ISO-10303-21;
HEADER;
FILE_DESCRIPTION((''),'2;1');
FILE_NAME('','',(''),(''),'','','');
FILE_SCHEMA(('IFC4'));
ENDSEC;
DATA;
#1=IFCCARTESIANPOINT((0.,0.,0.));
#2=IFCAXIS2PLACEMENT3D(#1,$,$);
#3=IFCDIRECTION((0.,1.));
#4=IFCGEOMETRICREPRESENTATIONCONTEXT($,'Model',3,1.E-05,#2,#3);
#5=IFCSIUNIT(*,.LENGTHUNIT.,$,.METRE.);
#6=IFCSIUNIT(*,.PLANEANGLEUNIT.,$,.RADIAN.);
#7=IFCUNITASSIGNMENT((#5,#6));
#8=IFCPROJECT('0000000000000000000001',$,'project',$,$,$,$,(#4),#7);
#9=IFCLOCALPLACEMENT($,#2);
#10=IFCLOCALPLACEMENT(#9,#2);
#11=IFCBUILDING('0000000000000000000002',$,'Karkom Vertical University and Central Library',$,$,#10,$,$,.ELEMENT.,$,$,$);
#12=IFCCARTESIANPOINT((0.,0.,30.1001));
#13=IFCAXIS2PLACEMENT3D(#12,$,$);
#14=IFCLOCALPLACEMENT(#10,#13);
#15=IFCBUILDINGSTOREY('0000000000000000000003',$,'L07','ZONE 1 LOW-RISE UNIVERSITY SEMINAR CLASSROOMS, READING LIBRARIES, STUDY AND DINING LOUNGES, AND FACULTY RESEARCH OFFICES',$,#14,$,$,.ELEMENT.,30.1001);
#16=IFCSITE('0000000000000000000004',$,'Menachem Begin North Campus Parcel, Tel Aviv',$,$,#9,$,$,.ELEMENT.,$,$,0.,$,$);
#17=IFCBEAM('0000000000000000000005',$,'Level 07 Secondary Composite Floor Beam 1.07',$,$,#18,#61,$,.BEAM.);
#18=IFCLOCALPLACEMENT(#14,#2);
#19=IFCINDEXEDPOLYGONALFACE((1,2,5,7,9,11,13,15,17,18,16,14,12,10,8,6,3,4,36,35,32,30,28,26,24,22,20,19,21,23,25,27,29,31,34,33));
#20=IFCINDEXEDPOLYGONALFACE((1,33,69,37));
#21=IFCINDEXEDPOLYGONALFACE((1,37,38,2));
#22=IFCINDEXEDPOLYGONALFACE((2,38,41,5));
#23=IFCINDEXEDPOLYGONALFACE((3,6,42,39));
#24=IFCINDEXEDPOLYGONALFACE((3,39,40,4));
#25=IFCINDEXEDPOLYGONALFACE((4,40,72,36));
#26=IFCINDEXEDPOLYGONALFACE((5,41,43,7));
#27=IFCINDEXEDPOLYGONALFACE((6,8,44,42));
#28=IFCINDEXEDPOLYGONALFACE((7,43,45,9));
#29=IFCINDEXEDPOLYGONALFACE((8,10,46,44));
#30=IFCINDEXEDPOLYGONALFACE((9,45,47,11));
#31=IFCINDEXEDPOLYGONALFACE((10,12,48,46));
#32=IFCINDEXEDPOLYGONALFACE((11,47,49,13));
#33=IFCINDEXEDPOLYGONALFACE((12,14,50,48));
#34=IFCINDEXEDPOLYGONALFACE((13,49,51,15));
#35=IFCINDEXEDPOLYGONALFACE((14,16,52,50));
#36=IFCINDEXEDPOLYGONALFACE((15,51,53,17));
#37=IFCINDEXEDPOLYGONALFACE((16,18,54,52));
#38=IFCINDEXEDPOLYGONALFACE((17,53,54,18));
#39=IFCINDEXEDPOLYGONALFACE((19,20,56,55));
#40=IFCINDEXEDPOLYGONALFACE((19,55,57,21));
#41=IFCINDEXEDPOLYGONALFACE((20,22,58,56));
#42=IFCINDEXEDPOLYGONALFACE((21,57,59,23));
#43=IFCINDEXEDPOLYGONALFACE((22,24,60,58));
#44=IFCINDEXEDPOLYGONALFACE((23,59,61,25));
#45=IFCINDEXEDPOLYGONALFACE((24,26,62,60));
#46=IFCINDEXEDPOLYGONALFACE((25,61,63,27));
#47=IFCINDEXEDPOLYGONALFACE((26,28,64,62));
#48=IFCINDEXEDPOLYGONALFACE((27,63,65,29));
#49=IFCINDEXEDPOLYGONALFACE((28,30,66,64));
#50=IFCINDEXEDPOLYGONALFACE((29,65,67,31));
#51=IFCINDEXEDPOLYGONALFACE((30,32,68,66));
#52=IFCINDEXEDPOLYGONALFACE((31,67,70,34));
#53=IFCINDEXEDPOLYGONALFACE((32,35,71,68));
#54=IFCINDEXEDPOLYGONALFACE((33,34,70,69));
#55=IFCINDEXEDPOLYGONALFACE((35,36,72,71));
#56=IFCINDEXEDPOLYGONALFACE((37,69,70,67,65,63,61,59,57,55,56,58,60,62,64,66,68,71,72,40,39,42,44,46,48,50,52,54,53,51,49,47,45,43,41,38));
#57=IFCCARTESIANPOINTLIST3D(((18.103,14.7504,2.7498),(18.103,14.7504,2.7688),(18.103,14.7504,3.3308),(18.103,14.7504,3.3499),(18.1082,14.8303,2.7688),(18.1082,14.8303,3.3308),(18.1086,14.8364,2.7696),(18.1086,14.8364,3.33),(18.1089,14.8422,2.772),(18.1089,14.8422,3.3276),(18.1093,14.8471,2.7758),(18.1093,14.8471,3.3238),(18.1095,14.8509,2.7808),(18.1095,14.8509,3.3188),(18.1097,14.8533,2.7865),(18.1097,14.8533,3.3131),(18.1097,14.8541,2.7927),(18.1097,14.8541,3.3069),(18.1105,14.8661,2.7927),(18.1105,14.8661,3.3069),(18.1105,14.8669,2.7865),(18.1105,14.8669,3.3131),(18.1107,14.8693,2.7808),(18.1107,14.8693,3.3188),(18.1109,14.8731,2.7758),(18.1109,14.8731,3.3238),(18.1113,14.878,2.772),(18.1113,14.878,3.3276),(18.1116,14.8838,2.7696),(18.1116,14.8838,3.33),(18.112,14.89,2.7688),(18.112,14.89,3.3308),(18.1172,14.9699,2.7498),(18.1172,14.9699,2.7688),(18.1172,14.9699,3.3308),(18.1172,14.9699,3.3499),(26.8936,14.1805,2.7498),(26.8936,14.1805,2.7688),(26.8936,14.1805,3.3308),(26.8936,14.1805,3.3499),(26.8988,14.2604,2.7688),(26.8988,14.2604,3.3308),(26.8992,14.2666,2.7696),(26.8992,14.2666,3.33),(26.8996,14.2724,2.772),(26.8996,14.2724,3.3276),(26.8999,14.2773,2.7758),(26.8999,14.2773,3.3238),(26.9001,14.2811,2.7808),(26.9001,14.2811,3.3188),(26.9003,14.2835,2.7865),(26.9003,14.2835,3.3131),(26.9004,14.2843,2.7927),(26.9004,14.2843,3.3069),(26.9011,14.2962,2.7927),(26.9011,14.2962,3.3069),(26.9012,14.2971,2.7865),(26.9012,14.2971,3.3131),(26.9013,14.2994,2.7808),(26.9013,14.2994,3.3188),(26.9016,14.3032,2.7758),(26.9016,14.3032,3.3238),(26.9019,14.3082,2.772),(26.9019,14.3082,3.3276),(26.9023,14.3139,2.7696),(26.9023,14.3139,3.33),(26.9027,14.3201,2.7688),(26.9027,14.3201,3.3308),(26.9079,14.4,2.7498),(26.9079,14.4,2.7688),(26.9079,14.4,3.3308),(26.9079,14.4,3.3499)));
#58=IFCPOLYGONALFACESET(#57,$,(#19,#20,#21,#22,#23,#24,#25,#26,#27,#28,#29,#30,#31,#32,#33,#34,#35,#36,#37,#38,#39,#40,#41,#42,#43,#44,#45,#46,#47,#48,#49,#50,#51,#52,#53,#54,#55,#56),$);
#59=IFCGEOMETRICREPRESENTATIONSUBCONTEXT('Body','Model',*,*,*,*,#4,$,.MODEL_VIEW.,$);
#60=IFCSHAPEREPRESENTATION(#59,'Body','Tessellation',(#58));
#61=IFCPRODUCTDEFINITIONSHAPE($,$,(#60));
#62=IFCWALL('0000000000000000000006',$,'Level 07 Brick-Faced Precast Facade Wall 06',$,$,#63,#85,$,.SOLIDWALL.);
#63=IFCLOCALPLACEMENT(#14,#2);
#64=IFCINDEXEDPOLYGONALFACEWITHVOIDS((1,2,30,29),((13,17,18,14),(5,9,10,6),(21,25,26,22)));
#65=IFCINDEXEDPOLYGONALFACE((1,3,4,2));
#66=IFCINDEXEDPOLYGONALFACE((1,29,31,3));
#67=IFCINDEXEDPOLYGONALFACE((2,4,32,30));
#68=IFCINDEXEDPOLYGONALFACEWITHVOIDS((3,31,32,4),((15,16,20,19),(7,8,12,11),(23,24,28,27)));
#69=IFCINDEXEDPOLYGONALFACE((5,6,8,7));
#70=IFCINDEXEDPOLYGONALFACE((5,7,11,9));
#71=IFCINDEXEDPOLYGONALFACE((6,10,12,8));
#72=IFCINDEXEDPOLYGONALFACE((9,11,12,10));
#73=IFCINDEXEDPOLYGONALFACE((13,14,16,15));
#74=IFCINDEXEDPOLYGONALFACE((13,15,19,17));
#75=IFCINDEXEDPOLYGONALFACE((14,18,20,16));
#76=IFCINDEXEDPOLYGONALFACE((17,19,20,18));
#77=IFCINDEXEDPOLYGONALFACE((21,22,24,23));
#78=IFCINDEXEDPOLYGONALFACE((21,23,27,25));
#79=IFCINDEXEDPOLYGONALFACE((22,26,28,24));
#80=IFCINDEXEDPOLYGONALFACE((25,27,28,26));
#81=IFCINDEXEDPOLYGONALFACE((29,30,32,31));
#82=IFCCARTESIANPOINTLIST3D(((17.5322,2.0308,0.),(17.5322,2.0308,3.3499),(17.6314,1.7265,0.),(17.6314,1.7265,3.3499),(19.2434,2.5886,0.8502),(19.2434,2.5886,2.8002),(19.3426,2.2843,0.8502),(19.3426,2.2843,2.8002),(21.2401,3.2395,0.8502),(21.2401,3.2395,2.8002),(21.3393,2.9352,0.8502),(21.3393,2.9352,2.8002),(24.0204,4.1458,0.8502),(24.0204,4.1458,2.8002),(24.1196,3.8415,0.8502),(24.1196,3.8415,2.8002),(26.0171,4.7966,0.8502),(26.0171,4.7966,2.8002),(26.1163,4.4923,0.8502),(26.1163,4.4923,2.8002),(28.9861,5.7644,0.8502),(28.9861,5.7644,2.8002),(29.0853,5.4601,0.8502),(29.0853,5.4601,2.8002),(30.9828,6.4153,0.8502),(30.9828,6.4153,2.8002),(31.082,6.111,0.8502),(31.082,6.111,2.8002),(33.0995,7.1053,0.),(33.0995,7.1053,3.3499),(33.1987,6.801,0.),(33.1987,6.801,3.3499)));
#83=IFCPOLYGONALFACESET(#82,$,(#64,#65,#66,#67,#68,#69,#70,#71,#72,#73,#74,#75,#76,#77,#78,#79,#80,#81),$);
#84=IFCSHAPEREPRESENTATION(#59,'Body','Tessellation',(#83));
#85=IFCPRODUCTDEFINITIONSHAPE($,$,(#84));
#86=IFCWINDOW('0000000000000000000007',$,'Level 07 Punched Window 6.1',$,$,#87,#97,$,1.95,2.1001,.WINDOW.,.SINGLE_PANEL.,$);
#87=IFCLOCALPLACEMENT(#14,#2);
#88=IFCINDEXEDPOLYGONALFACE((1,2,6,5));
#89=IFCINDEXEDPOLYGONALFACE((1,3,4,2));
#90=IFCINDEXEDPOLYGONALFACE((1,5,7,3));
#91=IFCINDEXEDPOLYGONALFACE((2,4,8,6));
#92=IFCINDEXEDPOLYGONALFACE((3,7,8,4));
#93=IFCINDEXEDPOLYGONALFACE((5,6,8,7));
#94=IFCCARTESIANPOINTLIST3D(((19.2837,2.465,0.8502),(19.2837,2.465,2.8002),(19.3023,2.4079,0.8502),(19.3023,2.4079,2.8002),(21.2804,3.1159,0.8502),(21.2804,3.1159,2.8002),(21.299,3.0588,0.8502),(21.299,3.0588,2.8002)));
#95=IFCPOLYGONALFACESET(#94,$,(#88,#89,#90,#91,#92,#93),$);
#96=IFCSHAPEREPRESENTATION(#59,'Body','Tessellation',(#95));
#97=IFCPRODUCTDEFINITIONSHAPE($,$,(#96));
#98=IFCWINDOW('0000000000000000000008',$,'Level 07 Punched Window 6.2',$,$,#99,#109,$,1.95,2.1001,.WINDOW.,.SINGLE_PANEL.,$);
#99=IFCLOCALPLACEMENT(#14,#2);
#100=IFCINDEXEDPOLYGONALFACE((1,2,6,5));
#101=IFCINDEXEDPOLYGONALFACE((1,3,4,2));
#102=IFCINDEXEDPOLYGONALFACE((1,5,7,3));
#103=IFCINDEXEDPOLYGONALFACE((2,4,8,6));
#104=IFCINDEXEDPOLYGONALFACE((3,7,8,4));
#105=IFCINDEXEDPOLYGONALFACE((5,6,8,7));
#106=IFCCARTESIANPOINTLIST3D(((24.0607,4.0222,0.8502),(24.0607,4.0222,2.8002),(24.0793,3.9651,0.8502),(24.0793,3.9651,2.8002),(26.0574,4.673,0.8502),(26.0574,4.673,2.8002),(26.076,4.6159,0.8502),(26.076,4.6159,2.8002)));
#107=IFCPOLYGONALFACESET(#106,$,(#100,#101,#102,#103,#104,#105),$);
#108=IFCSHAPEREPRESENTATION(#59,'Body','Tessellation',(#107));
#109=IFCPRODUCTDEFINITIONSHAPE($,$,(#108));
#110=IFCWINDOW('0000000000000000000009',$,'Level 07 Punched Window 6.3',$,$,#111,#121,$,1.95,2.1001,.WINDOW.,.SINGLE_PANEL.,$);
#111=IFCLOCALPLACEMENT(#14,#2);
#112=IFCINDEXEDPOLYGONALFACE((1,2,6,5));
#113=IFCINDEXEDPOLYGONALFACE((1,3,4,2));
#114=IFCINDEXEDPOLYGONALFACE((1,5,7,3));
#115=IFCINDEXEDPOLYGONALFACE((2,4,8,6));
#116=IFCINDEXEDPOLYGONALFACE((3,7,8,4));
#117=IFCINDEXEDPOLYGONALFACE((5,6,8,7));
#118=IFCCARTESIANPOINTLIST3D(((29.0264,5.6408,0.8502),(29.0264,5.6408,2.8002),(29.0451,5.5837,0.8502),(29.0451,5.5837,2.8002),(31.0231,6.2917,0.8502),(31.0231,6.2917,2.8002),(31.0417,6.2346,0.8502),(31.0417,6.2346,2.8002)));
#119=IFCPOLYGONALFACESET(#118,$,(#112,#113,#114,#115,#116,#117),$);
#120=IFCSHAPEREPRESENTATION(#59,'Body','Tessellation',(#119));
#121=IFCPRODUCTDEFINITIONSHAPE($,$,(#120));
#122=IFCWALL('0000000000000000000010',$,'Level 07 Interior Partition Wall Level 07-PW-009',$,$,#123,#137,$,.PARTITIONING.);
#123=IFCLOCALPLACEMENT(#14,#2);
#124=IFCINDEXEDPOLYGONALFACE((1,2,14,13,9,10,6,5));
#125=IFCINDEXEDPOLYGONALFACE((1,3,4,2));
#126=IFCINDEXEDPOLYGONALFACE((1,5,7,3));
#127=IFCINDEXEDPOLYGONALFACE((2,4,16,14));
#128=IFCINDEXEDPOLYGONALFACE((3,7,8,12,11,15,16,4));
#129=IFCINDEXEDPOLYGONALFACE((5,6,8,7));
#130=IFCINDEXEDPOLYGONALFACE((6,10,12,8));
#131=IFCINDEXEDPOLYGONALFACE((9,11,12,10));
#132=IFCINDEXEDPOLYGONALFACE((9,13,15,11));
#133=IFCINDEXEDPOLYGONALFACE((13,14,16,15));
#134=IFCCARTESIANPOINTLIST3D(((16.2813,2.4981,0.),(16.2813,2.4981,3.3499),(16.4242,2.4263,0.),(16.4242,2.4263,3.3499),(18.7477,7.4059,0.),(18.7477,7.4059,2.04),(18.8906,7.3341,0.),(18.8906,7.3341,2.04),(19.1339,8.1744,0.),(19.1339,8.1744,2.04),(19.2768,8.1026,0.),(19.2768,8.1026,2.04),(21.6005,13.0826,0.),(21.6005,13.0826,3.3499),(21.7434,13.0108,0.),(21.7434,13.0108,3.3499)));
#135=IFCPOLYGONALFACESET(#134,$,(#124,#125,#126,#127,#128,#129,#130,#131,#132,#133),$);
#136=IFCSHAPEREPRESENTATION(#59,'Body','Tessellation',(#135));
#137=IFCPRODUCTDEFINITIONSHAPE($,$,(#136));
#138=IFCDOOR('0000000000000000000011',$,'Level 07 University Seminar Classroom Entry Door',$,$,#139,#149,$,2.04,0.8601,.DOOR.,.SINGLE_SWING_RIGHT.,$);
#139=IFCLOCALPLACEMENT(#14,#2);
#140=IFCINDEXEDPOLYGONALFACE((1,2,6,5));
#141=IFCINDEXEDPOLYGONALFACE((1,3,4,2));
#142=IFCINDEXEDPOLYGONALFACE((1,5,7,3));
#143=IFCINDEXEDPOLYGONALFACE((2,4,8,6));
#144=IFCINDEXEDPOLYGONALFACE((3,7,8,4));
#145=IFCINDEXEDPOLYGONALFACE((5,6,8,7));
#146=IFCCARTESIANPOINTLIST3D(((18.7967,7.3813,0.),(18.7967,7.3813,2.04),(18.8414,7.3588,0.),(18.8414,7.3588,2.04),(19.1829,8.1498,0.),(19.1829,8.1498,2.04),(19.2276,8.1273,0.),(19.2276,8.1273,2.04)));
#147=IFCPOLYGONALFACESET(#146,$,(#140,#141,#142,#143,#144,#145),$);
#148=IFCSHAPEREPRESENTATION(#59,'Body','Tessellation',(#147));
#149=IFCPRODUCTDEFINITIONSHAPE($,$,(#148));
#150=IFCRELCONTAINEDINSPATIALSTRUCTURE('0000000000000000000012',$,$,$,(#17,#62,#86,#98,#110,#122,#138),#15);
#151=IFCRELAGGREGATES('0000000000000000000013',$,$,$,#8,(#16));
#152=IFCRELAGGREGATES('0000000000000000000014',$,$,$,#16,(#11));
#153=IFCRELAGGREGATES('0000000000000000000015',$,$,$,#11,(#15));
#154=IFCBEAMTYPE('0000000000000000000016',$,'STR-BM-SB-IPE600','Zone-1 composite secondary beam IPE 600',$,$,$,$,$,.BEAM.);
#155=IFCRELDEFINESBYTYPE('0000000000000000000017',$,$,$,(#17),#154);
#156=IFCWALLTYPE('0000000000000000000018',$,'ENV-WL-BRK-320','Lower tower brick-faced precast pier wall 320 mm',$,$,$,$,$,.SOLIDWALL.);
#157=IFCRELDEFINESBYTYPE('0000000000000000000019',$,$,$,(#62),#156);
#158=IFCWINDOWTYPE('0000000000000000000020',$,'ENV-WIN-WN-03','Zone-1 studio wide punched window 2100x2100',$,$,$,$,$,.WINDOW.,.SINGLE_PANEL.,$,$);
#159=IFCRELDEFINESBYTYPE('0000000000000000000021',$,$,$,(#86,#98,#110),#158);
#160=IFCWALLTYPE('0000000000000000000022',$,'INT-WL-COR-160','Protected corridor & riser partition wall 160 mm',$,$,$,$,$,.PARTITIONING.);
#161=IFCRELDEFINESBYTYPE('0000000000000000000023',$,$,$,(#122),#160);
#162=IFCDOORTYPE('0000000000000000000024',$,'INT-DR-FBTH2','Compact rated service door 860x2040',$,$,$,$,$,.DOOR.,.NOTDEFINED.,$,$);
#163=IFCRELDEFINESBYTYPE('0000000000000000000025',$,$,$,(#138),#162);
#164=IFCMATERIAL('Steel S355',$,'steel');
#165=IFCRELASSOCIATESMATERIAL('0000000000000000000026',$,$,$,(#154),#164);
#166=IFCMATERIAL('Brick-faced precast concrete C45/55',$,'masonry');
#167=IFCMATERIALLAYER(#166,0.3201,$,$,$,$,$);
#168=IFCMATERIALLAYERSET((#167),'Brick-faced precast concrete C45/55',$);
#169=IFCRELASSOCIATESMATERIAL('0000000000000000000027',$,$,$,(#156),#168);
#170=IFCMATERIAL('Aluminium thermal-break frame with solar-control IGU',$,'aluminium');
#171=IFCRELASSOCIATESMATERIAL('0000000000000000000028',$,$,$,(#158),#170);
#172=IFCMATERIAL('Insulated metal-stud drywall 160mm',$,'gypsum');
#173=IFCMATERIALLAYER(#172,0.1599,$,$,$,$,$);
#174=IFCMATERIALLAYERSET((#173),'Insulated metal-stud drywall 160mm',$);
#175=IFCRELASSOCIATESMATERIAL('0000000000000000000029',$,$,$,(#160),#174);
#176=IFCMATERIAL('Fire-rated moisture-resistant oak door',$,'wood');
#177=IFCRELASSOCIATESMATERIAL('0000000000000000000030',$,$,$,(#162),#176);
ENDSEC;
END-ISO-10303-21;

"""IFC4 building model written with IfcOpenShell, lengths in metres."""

from ifc_helpers import new_model, si_unit, direction, frame, frame_2d, origin, origin_with_axes, origin_2d, place, context, subcontext, project, spatial, rectangle, i_section, extrude, source, transform, mapped, material, layer, layer_set, material_profile, profile_set, type_object, element, fill, save


model = new_model("IFC4")

# Units and contexts
model_context = context("Model", 3, precision=1e-05, world=origin(), true_north=direction((0.0, 1.0)))
body_context = subcontext(model_context, "Body", "Model", "MODEL_VIEW")
ifc_project = project(units=[si_unit("LENGTHUNIT", "METRE"), si_unit("PLANEANGLEUNIT", "RADIAN")], contexts=[model_context])

# Site, building, storey
site_placement = place(None, origin())
site = spatial("IfcSite", under=ifc_project, at=site_placement, Name="Menachem Begin North Campus Parcel, Tel Aviv", CompositionType="ELEMENT", RefElevation=0.0)
building_placement = place(site_placement, origin())
building = spatial("IfcBuilding", under=site, at=building_placement, Name="Karkom Vertical University and Central Library", CompositionType="ELEMENT")
storey_placement = place(building_placement, frame((0.0, 0.0, 30.1001)))
storey = spatial("IfcBuildingStorey", under=building, at=storey_placement, Name="L07", Description="ZONE 1 LOW-RISE UNIVERSITY SEMINAR CLASSROOMS, READING LIBRARIES, STUDY AND DINING LOUNGES, AND FACULTY RESEARCH OFFICES", CompositionType="ELEMENT", Elevation=30.1001)

# Beam
ifc_material_1 = material(Name="Steel S355", Category="steel")
ifc_material_profile_1 = material_profile(ifc_material_1, i_section(OverallWidth=0.22, OverallDepth=0.6001, WebThickness=0.012, FlangeThickness=0.019, FilletRadius=0.0239, at=origin_2d()), Name="IPE 600")
ifc_profile_set_1 = profile_set([ifc_material_profile_1], Name="Steel S355")
beam_type_1 = type_object("IfcBeamType", Name="STR-BM-SB-IPE600", Description="Zone-1 composite secondary beam IPE 600", PredefinedType="BEAM", material=ifc_profile_set_1)
shared_shape_1 = source(origin_with_axes(), body_context, "Body", "SweptSolid", [
    extrude(i_section(OverallWidth=0.22, OverallDepth=0.6001, WebThickness=0.012, FlangeThickness=0.019, FilletRadius=0.0239, at=origin_2d()), origin(), (0.0, 0.0, 1.0), 8.8091),
])
beam_1_placement = place(storey_placement, frame((18.1101, 14.8601, 3.0498), z_axis=(0.997906, -0.064687, 0.0), x_axis=(0.064687, 0.997906, 0.0)))
element("IfcBeam", 1, at=beam_1_placement, inside=storey, type_object=beam_type_1, Name="Level 07 Secondary Composite Floor Beam 1.07", PredefinedType="BEAM", context=body_context, shape_type="MappedRepresentation", body=[
    mapped(shared_shape_1, transform((0.0, 0.0, 0.0), scale=1.0)),
])

# Wall, openings, windows
ifc_material_2 = material(Name="Brick-faced precast concrete C45/55", Category="masonry")
ifc_layer_1 = layer(ifc_material_2, 0.3201)
ifc_layer_set_1 = layer_set([ifc_layer_1], Name="Brick-faced precast concrete C45/55")
wall_type_1 = type_object("IfcWallType", Name="ENV-WL-BRK-320", Description="Lower tower brick-faced precast pier wall 320 mm", PredefinedType="SOLIDWALL", material=ifc_layer_set_1)
wall_1_placement = place(storey_placement, frame((17.5818, 1.8787, 0.0), z_axis=(0.0, 0.0, 1.0), x_axis=(0.950763, 0.309918, 0.0)))
wall_1 = element("IfcWall", 2, at=wall_1_placement, inside=storey, type_object=wall_type_1, Name="Level 07 Brick-Faced Precast Facade Wall 06", PredefinedType="SOLIDWALL", context=body_context, shape_type="SweptSolid", body=[
    extrude(rectangle(XDim=16.3735, YDim=0.3201, at=frame_2d((8.1868, 0.0))), origin(), (0.0, 0.0, 1.0), 3.3499),
])
opening_1_placement = place(wall_1_placement, frame((1.7998, 0.0, 0.8501)))
opening_1 = element("IfcOpeningElement", 3, at=opening_1_placement, cuts=wall_1, PredefinedType="OPENING", context=body_context, shape_type="SweptSolid", body=[
    extrude(rectangle(XDim=2.1001, YDim=1.95, at=frame_2d((1.05, 0.9751))), frame((0.0, 0.1699, 0.0), z_axis=(0.0, -1.0, 0.0), x_axis=(1.0, 0.0, 0.0)), (0.0, 0.0, 1.0), 0.3401),
])
opening_2_placement = place(wall_1_placement, frame((6.8242, 0.0, 0.8501)))
opening_2 = element("IfcOpeningElement", 4, at=opening_2_placement, cuts=wall_1, PredefinedType="OPENING", context=body_context, shape_type="SweptSolid", body=[
    extrude(rectangle(XDim=2.1001, YDim=1.95, at=frame_2d((1.05, 0.9751))), frame((0.0, 0.1699, 0.0), z_axis=(0.0, -1.0, 0.0), x_axis=(1.0, 0.0, 0.0)), (0.0, 0.0, 1.0), 0.3401),
])
opening_3_placement = place(wall_1_placement, frame((12.0471, 0.0, 0.8501)))
opening_3 = element("IfcOpeningElement", 5, at=opening_3_placement, cuts=wall_1, PredefinedType="OPENING", context=body_context, shape_type="SweptSolid", body=[
    extrude(rectangle(XDim=2.1001, YDim=1.95, at=frame_2d((1.05, 0.9751))), frame((0.0, 0.1699, 0.0), z_axis=(0.0, -1.0, 0.0), x_axis=(1.0, 0.0, 0.0)), (0.0, 0.0, 1.0), 0.3401),
])
ifc_material_3 = material(Name="Aluminium thermal-break frame with solar-control IGU", Category="aluminium")
window_type = type_object("IfcWindowType", Name="ENV-WIN-WN-03", Description="Zone-1 studio wide punched window 2100x2100", PartitioningType="SINGLE_PANEL", PredefinedType="WINDOW", material=ifc_material_3)
shared_shape_2 = source(origin_with_axes(), body_context, "Body", "SweptSolid", [
    extrude(rectangle(XDim=2.1001, YDim=1.95, at=frame_2d((1.05, 0.9751))), frame((0.0, 0.03, 0.0), z_axis=(0.0, -1.0, 0.0), x_axis=(1.0, 0.0, 0.0)), (0.0, 0.0, 1.0), 0.0601),
])
window_1_placement = place(opening_1_placement, origin())
window_1 = element("IfcWindow", 6, at=window_1_placement, inside=storey, type_object=window_type, Name="Level 07 Punched Window 6.1", OverallHeight=1.95, OverallWidth=2.1001, PartitioningType="SINGLE_PANEL", PredefinedType="WINDOW", context=body_context, shape_type="MappedRepresentation", body=[
    mapped(shared_shape_2, transform((0.0, 0.0, 0.0), scale=1.0)),
])
fill(opening_1, window_1)
window_2_placement = place(opening_2_placement, origin())
window_2 = element("IfcWindow", 7, at=window_2_placement, inside=storey, type_object=window_type, Name="Level 07 Punched Window 6.2", OverallHeight=1.95, OverallWidth=2.1001, PartitioningType="SINGLE_PANEL", PredefinedType="WINDOW", context=body_context, shape_type="MappedRepresentation", body=[
    mapped(shared_shape_2, transform((0.0, 0.0, 0.0), scale=1.0)),
])
fill(opening_2, window_2)
window_3_placement = place(opening_3_placement, origin())
window_3 = element("IfcWindow", 8, at=window_3_placement, inside=storey, type_object=window_type, Name="Level 07 Punched Window 6.3", OverallHeight=1.95, OverallWidth=2.1001, PartitioningType="SINGLE_PANEL", PredefinedType="WINDOW", context=body_context, shape_type="MappedRepresentation", body=[
    mapped(shared_shape_2, transform((0.0, 0.0, 0.0), scale=1.0)),
])
fill(opening_3, window_3)

# Wall, opening, door
ifc_material_4 = material(Name="Insulated metal-stud drywall 160mm", Category="gypsum")
ifc_layer_2 = layer(ifc_material_4, 0.1599)
ifc_layer_set_2 = layer_set([ifc_layer_2], Name="Insulated metal-stud drywall 160mm")
wall_type_2 = type_object("IfcWallType", Name="INT-WL-COR-160", Description="Protected corridor & riser partition wall 160 mm", PredefinedType="PARTITIONING", material=ifc_layer_set_2)
wall_2_placement = place(storey_placement, frame((21.6719, 13.0466, 0.0), z_axis=(0.0, 0.0, 1.0), x_axis=(-0.449026, -0.893519, 0.0)))
wall_2 = element("IfcWall", 9, at=wall_2_placement, inside=storey, type_object=wall_type_2, Name="Level 07 Interior Partition Wall Level 07-PW-009", PredefinedType="PARTITIONING", context=body_context, shape_type="SweptSolid", body=[
    extrude(rectangle(XDim=11.8459, YDim=0.1599, at=frame_2d((5.9229, 0.0))), origin(), (0.0, 0.0, 1.0), 3.3499),
])
opening_4_placement = place(wall_2_placement, frame((5.4929, 0.0, 0.0)))
opening_4 = element("IfcOpeningElement", 10, at=opening_4_placement, cuts=wall_2, PredefinedType="OPENING", context=body_context, shape_type="SweptSolid", body=[
    extrude(rectangle(XDim=0.8601, YDim=2.04, at=frame_2d((0.4302, 1.02))), frame((0.0, 0.0898, 0.0), z_axis=(0.0, -1.0, 0.0), x_axis=(1.0, 0.0, 0.0)), (0.0, 0.0, 1.0), 0.1799),
])
ifc_material_5 = material(Name="Fire-rated moisture-resistant oak door", Category="wood")
door_type_1 = type_object("IfcDoorType", Name="INT-DR-FBTH2", Description="Compact rated service door 860x2040", OperationType="NOTDEFINED", PredefinedType="DOOR", material=ifc_material_5)
shared_shape_3 = source(origin_with_axes(), body_context, "Body", "SweptSolid", [
    extrude(rectangle(XDim=0.8601, YDim=2.04, at=frame_2d((0.4302, 1.02))), frame((0.0, 0.0249, 0.0), z_axis=(0.0, -1.0, 0.0), x_axis=(1.0, 0.0, 0.0)), (0.0, 0.0, 1.0), 0.05),
])
door_1_placement = place(opening_4_placement, origin())
door_1 = element("IfcDoor", 11, at=door_1_placement, inside=storey, type_object=door_type_1, Name="Level 07 University Seminar Classroom Entry Door", OperationType="SINGLE_SWING_RIGHT", OverallHeight=2.04, OverallWidth=0.8601, PredefinedType="DOOR", context=body_context, shape_type="MappedRepresentation", body=[
    mapped(shared_shape_3, transform((0.0, 0.0, 0.0), scale=1.0)),
])
fill(opening_4, door_1)

save(model, "model.ifc")
